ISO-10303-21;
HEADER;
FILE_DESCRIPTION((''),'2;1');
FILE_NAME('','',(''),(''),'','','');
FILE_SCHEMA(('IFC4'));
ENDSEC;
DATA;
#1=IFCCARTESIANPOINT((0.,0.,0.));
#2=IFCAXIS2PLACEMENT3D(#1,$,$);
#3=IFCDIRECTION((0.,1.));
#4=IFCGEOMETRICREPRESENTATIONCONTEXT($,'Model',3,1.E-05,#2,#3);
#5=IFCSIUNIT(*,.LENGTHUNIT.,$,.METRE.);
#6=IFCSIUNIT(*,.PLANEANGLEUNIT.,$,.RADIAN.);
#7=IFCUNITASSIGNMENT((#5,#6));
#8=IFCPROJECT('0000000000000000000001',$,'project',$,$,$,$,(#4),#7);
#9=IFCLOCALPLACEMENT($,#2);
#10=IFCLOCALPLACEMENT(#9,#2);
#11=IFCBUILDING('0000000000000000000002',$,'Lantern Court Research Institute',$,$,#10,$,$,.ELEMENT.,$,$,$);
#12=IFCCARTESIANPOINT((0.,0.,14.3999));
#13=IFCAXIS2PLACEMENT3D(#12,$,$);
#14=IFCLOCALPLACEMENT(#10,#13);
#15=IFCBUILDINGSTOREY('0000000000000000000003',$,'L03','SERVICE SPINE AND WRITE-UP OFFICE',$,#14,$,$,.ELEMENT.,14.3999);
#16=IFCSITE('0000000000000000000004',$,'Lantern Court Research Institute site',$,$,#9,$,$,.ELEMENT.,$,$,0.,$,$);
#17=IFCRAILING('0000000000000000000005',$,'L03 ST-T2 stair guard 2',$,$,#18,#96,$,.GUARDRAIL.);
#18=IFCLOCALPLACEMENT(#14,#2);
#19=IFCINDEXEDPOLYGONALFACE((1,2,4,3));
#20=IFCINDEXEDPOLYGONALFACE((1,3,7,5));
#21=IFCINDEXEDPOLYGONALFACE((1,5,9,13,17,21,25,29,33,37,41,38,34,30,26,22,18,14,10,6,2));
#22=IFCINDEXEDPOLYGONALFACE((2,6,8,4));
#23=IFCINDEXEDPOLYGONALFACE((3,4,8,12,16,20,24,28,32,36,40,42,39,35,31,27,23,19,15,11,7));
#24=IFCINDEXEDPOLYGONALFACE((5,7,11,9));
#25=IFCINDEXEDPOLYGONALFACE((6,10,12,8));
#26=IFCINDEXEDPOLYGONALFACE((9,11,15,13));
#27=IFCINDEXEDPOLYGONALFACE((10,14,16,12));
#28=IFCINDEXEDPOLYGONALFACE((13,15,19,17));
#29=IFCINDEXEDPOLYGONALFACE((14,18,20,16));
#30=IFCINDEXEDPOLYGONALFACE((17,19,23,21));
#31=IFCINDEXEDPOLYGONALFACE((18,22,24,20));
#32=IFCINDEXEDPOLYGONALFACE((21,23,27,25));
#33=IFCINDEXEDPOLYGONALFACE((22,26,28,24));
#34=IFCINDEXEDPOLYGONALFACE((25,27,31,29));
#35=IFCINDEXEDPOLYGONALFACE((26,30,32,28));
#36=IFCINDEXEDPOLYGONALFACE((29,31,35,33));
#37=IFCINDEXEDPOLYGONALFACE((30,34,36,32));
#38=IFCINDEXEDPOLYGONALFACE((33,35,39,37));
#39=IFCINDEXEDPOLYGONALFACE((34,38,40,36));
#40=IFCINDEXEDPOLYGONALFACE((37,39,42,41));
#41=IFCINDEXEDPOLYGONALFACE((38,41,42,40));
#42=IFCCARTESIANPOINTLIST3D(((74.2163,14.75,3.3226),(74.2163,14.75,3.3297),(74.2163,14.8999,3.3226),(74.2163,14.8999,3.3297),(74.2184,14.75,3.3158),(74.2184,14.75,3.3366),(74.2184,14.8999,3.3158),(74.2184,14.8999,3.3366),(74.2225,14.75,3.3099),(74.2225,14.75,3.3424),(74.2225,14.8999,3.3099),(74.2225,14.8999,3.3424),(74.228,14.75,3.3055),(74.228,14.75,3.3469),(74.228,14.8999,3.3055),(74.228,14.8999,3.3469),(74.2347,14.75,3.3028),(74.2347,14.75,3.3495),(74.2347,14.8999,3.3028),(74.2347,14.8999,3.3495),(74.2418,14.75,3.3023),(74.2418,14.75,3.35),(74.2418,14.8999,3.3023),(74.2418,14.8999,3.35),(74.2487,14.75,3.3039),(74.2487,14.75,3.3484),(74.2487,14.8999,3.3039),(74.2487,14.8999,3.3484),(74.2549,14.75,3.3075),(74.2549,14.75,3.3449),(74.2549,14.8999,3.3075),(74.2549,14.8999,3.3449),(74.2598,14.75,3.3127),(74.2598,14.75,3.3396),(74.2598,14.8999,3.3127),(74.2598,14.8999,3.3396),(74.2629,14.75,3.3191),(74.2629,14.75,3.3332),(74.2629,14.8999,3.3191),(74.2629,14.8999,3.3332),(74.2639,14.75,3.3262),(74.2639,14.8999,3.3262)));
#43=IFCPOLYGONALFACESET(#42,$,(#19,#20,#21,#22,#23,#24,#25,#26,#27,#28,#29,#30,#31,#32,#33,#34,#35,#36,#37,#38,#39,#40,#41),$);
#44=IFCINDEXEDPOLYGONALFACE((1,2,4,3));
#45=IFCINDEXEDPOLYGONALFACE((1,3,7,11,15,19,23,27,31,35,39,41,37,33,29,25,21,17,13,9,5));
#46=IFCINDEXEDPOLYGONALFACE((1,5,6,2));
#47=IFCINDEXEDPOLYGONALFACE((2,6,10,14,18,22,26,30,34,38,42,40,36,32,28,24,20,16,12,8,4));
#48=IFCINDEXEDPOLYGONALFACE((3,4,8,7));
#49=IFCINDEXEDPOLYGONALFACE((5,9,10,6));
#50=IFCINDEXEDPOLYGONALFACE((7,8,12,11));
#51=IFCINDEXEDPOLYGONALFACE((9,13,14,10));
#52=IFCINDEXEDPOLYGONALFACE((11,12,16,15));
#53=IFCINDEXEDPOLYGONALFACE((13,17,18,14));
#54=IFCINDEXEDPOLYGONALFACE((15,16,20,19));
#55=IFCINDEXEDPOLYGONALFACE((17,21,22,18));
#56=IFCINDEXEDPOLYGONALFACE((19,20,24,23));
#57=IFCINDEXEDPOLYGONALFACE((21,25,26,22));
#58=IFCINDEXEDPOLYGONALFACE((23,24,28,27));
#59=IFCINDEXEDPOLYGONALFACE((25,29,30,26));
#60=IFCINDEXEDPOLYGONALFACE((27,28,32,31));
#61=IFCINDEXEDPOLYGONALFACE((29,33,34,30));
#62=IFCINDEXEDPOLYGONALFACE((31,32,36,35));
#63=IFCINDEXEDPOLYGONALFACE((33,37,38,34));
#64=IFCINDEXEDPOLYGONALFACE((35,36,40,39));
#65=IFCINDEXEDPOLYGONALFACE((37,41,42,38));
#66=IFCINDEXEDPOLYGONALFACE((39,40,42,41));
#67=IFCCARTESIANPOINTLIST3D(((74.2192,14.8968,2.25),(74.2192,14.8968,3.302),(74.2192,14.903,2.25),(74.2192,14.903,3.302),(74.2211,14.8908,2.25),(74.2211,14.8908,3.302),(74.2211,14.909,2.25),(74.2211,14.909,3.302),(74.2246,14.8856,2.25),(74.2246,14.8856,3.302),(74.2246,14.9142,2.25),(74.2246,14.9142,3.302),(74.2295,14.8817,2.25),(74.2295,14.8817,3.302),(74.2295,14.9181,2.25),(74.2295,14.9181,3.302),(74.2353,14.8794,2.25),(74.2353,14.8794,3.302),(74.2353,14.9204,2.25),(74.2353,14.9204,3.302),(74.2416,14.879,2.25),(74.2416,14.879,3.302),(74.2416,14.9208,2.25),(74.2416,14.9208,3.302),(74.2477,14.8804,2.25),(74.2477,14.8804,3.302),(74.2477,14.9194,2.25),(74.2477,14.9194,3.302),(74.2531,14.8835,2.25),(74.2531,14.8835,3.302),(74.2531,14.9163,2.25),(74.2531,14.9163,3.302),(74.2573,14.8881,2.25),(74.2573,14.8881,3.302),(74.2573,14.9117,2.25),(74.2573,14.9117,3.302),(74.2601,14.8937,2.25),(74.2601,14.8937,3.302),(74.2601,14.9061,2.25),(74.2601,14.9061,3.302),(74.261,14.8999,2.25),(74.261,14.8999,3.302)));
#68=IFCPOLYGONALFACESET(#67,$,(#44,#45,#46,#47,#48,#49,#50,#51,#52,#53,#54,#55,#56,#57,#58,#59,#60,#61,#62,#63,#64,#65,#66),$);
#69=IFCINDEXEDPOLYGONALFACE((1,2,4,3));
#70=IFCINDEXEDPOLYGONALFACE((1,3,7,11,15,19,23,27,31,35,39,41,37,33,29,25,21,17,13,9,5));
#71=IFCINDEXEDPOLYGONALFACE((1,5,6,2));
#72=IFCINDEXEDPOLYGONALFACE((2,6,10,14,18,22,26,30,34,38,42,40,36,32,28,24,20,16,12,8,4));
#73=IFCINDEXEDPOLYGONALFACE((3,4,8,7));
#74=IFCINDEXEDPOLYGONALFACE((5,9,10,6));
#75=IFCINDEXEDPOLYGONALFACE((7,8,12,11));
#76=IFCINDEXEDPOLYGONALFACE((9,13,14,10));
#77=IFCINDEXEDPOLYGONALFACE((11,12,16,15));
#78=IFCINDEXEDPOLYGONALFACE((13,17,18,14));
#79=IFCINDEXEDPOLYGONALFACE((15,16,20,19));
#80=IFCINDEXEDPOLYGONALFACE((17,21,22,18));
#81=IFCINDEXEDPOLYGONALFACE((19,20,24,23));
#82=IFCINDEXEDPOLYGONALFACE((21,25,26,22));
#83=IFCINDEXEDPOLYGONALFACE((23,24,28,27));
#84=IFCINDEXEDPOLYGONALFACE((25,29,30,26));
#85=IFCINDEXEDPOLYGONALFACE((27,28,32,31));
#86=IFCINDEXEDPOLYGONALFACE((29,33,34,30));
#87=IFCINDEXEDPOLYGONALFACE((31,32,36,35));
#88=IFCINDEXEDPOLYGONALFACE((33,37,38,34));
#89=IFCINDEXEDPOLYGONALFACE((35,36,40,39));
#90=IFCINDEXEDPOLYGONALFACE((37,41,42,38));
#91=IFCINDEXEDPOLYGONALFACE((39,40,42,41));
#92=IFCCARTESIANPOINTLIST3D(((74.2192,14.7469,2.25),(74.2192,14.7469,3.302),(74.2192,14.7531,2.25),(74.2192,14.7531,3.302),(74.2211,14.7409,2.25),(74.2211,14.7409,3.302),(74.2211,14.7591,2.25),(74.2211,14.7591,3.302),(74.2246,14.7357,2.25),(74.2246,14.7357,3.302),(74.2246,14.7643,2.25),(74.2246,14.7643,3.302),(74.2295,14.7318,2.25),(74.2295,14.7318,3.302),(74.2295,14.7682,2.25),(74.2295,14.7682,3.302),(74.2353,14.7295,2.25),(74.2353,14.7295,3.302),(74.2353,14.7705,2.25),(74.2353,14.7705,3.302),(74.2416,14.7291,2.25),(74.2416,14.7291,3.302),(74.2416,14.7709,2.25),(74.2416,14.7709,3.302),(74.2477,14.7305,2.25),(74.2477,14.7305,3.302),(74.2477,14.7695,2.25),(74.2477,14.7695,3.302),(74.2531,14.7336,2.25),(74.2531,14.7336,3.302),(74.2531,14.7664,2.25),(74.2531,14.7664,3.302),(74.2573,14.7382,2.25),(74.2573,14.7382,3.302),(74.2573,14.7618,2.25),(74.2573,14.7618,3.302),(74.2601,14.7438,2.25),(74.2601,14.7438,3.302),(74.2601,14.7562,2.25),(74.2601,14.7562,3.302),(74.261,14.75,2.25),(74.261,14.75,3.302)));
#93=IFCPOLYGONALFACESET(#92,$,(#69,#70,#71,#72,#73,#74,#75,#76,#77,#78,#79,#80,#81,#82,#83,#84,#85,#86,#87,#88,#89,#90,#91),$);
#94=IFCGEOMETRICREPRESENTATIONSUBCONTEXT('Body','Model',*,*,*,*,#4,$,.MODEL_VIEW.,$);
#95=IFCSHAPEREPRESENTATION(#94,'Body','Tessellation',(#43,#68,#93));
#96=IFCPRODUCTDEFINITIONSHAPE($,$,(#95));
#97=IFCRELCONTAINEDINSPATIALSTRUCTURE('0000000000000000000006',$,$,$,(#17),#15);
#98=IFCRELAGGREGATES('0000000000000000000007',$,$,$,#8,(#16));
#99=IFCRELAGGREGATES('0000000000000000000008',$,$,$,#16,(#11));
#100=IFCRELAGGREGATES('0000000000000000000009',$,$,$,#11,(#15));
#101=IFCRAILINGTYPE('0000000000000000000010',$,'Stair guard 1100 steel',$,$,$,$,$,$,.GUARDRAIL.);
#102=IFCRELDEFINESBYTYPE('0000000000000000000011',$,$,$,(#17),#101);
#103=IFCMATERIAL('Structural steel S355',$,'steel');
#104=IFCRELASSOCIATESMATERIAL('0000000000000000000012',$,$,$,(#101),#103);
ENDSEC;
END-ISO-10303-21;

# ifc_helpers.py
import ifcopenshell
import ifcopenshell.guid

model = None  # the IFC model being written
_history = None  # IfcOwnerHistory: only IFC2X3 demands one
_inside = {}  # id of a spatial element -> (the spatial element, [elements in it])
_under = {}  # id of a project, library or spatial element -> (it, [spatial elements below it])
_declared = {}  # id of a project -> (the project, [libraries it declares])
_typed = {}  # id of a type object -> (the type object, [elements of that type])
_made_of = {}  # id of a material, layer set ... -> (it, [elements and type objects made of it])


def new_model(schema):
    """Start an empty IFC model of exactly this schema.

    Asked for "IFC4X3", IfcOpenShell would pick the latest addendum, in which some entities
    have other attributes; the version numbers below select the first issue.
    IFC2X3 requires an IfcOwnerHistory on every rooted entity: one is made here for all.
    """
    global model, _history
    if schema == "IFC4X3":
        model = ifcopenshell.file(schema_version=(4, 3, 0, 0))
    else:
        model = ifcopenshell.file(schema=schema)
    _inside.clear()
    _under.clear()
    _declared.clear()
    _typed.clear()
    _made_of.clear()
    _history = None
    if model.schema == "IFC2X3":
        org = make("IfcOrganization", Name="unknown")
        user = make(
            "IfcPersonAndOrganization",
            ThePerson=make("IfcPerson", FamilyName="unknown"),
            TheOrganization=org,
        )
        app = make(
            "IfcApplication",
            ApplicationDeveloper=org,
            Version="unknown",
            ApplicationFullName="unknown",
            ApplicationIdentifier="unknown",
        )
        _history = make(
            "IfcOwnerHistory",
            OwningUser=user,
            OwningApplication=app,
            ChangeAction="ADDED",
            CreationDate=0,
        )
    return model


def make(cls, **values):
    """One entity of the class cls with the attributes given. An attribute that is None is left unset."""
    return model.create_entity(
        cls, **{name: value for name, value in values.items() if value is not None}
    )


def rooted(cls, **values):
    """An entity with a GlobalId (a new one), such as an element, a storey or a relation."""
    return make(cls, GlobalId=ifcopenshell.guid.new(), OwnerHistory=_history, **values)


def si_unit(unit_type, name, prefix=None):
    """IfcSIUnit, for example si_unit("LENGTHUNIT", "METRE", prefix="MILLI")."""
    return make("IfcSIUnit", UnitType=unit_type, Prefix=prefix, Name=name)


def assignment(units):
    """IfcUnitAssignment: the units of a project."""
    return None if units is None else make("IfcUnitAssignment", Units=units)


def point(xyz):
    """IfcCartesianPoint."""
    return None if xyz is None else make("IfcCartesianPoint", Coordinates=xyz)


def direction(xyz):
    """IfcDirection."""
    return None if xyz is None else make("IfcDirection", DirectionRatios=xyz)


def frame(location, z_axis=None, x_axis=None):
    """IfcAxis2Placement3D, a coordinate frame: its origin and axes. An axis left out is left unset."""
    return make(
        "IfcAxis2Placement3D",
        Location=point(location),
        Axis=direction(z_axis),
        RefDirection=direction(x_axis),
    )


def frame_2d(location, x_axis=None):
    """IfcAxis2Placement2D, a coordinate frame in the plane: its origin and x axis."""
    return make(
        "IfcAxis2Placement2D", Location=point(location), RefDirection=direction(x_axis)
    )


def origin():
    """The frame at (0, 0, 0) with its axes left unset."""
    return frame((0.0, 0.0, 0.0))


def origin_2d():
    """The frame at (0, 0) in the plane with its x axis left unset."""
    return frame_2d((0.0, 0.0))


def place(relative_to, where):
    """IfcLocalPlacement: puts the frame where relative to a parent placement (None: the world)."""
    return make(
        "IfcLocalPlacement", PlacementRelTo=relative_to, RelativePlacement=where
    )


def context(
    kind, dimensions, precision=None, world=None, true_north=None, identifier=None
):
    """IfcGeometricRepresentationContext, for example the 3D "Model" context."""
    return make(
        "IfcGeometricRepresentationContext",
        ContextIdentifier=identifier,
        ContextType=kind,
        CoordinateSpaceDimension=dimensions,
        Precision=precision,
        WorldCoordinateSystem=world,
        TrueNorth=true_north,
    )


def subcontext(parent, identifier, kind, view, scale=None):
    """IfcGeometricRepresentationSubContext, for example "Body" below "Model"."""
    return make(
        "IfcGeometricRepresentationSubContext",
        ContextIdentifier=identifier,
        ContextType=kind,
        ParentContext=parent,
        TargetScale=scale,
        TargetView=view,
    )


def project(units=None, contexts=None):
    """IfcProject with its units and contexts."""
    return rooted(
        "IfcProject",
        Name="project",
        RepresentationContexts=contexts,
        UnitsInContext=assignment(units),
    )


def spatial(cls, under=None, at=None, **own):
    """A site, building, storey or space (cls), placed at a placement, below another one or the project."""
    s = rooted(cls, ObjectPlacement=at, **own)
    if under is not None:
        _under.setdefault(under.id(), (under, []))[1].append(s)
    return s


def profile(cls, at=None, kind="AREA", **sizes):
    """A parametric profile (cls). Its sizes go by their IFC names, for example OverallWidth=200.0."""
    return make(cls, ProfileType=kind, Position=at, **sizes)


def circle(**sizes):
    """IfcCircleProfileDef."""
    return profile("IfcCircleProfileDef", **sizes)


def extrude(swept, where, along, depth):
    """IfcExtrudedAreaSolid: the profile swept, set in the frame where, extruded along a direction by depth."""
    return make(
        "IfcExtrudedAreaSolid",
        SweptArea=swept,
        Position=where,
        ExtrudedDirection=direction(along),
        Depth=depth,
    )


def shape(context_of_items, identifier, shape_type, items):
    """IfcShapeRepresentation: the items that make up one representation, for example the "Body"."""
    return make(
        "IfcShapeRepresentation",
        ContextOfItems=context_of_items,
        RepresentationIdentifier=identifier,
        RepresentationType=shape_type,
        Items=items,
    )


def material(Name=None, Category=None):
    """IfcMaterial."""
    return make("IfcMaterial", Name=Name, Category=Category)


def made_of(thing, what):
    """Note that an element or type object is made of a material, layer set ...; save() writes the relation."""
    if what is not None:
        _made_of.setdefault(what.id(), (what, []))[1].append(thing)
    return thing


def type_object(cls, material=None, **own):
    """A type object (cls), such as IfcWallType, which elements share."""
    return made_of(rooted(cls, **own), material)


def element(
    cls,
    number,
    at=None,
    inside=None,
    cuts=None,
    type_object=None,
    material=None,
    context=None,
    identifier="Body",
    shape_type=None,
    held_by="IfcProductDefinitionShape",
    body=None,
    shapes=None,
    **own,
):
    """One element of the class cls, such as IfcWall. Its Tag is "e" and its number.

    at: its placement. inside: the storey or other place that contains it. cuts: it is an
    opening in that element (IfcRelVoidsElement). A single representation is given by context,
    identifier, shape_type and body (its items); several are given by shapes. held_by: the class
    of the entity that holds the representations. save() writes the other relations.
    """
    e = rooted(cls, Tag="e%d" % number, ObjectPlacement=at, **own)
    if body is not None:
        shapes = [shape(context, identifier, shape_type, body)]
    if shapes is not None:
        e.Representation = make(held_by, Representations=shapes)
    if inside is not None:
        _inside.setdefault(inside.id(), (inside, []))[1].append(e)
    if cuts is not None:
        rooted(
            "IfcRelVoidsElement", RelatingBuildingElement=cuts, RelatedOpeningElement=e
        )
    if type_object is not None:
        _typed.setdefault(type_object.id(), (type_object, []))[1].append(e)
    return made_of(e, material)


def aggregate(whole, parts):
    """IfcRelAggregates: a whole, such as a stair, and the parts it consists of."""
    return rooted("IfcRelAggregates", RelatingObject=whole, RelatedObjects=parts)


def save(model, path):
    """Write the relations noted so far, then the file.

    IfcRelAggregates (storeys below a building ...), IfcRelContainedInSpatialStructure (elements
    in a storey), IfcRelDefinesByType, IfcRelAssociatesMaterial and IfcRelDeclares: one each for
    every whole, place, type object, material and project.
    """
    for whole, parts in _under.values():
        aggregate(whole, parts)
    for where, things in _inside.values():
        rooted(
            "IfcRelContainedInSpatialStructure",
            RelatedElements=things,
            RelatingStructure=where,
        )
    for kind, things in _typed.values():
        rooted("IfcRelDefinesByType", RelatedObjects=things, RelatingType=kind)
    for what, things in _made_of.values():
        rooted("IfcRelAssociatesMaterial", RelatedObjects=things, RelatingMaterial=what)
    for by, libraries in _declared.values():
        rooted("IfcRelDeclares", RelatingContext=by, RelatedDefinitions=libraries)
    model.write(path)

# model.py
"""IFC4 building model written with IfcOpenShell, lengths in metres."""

from ifc_helpers import new_model, si_unit, direction, frame, origin, origin_2d, place, context, subcontext, project, spatial, circle, extrude, material, type_object, element, save


model = new_model("IFC4")

# Units and contexts
model_context = context("Model", 3, precision=1e-05, world=origin(), true_north=direction((0.0, 1.0)))
body_context = subcontext(model_context, "Body", "Model", "MODEL_VIEW")
ifc_project = project(units=[si_unit("LENGTHUNIT", "METRE"), si_unit("PLANEANGLEUNIT", "RADIAN")], contexts=[model_context])

# Site, building, storey
site_placement = place(None, origin())
site = spatial("IfcSite", under=ifc_project, at=site_placement, Name="Lantern Court Research Institute site", CompositionType="ELEMENT", RefElevation=0.0)
building_placement = place(site_placement, origin())
building = spatial("IfcBuilding", under=site, at=building_placement, Name="Lantern Court Research Institute", CompositionType="ELEMENT")
storey_placement = place(building_placement, frame((0.0, 0.0, 14.3999)))
storey = spatial("IfcBuildingStorey", under=building, at=storey_placement, Name="L03", Description="SERVICE SPINE AND WRITE-UP OFFICE", CompositionType="ELEMENT", Elevation=14.3999)

# Railing
ifc_material_1 = material(Name="Structural steel S355", Category="steel")
railing_type_1 = type_object("IfcRailingType", Name="Stair guard 1100 steel", PredefinedType="GUARDRAIL", material=ifc_material_1)
railing_1_placement = place(storey_placement, frame((74.24, 14.8999, 2.25)))
element("IfcRailing", 1, at=railing_1_placement, inside=storey, type_object=railing_type_1, Name="L03 ST-T2 stair guard 2", PredefinedType="GUARDRAIL", context=body_context, shape_type="SweptSolid", body=[
    extrude(circle(Radius=0.0239, at=origin_2d()), frame((0.0, 0.0, 1.0762), z_axis=(0.0, -1.0, 0.0), x_axis=(1.0, 0.0, 0.0)), (0.0, 0.0, 1.0), 0.1499),
    extrude(circle(Radius=0.021, at=origin_2d()), origin(), (0.0, 0.0, 1.0), 1.052),
    extrude(circle(Radius=0.021, at=origin_2d()), frame((0.0, -0.1499, 0.0)), (0.0, 0.0, 1.0), 1.052),
])

save(model, "model.ifc")
